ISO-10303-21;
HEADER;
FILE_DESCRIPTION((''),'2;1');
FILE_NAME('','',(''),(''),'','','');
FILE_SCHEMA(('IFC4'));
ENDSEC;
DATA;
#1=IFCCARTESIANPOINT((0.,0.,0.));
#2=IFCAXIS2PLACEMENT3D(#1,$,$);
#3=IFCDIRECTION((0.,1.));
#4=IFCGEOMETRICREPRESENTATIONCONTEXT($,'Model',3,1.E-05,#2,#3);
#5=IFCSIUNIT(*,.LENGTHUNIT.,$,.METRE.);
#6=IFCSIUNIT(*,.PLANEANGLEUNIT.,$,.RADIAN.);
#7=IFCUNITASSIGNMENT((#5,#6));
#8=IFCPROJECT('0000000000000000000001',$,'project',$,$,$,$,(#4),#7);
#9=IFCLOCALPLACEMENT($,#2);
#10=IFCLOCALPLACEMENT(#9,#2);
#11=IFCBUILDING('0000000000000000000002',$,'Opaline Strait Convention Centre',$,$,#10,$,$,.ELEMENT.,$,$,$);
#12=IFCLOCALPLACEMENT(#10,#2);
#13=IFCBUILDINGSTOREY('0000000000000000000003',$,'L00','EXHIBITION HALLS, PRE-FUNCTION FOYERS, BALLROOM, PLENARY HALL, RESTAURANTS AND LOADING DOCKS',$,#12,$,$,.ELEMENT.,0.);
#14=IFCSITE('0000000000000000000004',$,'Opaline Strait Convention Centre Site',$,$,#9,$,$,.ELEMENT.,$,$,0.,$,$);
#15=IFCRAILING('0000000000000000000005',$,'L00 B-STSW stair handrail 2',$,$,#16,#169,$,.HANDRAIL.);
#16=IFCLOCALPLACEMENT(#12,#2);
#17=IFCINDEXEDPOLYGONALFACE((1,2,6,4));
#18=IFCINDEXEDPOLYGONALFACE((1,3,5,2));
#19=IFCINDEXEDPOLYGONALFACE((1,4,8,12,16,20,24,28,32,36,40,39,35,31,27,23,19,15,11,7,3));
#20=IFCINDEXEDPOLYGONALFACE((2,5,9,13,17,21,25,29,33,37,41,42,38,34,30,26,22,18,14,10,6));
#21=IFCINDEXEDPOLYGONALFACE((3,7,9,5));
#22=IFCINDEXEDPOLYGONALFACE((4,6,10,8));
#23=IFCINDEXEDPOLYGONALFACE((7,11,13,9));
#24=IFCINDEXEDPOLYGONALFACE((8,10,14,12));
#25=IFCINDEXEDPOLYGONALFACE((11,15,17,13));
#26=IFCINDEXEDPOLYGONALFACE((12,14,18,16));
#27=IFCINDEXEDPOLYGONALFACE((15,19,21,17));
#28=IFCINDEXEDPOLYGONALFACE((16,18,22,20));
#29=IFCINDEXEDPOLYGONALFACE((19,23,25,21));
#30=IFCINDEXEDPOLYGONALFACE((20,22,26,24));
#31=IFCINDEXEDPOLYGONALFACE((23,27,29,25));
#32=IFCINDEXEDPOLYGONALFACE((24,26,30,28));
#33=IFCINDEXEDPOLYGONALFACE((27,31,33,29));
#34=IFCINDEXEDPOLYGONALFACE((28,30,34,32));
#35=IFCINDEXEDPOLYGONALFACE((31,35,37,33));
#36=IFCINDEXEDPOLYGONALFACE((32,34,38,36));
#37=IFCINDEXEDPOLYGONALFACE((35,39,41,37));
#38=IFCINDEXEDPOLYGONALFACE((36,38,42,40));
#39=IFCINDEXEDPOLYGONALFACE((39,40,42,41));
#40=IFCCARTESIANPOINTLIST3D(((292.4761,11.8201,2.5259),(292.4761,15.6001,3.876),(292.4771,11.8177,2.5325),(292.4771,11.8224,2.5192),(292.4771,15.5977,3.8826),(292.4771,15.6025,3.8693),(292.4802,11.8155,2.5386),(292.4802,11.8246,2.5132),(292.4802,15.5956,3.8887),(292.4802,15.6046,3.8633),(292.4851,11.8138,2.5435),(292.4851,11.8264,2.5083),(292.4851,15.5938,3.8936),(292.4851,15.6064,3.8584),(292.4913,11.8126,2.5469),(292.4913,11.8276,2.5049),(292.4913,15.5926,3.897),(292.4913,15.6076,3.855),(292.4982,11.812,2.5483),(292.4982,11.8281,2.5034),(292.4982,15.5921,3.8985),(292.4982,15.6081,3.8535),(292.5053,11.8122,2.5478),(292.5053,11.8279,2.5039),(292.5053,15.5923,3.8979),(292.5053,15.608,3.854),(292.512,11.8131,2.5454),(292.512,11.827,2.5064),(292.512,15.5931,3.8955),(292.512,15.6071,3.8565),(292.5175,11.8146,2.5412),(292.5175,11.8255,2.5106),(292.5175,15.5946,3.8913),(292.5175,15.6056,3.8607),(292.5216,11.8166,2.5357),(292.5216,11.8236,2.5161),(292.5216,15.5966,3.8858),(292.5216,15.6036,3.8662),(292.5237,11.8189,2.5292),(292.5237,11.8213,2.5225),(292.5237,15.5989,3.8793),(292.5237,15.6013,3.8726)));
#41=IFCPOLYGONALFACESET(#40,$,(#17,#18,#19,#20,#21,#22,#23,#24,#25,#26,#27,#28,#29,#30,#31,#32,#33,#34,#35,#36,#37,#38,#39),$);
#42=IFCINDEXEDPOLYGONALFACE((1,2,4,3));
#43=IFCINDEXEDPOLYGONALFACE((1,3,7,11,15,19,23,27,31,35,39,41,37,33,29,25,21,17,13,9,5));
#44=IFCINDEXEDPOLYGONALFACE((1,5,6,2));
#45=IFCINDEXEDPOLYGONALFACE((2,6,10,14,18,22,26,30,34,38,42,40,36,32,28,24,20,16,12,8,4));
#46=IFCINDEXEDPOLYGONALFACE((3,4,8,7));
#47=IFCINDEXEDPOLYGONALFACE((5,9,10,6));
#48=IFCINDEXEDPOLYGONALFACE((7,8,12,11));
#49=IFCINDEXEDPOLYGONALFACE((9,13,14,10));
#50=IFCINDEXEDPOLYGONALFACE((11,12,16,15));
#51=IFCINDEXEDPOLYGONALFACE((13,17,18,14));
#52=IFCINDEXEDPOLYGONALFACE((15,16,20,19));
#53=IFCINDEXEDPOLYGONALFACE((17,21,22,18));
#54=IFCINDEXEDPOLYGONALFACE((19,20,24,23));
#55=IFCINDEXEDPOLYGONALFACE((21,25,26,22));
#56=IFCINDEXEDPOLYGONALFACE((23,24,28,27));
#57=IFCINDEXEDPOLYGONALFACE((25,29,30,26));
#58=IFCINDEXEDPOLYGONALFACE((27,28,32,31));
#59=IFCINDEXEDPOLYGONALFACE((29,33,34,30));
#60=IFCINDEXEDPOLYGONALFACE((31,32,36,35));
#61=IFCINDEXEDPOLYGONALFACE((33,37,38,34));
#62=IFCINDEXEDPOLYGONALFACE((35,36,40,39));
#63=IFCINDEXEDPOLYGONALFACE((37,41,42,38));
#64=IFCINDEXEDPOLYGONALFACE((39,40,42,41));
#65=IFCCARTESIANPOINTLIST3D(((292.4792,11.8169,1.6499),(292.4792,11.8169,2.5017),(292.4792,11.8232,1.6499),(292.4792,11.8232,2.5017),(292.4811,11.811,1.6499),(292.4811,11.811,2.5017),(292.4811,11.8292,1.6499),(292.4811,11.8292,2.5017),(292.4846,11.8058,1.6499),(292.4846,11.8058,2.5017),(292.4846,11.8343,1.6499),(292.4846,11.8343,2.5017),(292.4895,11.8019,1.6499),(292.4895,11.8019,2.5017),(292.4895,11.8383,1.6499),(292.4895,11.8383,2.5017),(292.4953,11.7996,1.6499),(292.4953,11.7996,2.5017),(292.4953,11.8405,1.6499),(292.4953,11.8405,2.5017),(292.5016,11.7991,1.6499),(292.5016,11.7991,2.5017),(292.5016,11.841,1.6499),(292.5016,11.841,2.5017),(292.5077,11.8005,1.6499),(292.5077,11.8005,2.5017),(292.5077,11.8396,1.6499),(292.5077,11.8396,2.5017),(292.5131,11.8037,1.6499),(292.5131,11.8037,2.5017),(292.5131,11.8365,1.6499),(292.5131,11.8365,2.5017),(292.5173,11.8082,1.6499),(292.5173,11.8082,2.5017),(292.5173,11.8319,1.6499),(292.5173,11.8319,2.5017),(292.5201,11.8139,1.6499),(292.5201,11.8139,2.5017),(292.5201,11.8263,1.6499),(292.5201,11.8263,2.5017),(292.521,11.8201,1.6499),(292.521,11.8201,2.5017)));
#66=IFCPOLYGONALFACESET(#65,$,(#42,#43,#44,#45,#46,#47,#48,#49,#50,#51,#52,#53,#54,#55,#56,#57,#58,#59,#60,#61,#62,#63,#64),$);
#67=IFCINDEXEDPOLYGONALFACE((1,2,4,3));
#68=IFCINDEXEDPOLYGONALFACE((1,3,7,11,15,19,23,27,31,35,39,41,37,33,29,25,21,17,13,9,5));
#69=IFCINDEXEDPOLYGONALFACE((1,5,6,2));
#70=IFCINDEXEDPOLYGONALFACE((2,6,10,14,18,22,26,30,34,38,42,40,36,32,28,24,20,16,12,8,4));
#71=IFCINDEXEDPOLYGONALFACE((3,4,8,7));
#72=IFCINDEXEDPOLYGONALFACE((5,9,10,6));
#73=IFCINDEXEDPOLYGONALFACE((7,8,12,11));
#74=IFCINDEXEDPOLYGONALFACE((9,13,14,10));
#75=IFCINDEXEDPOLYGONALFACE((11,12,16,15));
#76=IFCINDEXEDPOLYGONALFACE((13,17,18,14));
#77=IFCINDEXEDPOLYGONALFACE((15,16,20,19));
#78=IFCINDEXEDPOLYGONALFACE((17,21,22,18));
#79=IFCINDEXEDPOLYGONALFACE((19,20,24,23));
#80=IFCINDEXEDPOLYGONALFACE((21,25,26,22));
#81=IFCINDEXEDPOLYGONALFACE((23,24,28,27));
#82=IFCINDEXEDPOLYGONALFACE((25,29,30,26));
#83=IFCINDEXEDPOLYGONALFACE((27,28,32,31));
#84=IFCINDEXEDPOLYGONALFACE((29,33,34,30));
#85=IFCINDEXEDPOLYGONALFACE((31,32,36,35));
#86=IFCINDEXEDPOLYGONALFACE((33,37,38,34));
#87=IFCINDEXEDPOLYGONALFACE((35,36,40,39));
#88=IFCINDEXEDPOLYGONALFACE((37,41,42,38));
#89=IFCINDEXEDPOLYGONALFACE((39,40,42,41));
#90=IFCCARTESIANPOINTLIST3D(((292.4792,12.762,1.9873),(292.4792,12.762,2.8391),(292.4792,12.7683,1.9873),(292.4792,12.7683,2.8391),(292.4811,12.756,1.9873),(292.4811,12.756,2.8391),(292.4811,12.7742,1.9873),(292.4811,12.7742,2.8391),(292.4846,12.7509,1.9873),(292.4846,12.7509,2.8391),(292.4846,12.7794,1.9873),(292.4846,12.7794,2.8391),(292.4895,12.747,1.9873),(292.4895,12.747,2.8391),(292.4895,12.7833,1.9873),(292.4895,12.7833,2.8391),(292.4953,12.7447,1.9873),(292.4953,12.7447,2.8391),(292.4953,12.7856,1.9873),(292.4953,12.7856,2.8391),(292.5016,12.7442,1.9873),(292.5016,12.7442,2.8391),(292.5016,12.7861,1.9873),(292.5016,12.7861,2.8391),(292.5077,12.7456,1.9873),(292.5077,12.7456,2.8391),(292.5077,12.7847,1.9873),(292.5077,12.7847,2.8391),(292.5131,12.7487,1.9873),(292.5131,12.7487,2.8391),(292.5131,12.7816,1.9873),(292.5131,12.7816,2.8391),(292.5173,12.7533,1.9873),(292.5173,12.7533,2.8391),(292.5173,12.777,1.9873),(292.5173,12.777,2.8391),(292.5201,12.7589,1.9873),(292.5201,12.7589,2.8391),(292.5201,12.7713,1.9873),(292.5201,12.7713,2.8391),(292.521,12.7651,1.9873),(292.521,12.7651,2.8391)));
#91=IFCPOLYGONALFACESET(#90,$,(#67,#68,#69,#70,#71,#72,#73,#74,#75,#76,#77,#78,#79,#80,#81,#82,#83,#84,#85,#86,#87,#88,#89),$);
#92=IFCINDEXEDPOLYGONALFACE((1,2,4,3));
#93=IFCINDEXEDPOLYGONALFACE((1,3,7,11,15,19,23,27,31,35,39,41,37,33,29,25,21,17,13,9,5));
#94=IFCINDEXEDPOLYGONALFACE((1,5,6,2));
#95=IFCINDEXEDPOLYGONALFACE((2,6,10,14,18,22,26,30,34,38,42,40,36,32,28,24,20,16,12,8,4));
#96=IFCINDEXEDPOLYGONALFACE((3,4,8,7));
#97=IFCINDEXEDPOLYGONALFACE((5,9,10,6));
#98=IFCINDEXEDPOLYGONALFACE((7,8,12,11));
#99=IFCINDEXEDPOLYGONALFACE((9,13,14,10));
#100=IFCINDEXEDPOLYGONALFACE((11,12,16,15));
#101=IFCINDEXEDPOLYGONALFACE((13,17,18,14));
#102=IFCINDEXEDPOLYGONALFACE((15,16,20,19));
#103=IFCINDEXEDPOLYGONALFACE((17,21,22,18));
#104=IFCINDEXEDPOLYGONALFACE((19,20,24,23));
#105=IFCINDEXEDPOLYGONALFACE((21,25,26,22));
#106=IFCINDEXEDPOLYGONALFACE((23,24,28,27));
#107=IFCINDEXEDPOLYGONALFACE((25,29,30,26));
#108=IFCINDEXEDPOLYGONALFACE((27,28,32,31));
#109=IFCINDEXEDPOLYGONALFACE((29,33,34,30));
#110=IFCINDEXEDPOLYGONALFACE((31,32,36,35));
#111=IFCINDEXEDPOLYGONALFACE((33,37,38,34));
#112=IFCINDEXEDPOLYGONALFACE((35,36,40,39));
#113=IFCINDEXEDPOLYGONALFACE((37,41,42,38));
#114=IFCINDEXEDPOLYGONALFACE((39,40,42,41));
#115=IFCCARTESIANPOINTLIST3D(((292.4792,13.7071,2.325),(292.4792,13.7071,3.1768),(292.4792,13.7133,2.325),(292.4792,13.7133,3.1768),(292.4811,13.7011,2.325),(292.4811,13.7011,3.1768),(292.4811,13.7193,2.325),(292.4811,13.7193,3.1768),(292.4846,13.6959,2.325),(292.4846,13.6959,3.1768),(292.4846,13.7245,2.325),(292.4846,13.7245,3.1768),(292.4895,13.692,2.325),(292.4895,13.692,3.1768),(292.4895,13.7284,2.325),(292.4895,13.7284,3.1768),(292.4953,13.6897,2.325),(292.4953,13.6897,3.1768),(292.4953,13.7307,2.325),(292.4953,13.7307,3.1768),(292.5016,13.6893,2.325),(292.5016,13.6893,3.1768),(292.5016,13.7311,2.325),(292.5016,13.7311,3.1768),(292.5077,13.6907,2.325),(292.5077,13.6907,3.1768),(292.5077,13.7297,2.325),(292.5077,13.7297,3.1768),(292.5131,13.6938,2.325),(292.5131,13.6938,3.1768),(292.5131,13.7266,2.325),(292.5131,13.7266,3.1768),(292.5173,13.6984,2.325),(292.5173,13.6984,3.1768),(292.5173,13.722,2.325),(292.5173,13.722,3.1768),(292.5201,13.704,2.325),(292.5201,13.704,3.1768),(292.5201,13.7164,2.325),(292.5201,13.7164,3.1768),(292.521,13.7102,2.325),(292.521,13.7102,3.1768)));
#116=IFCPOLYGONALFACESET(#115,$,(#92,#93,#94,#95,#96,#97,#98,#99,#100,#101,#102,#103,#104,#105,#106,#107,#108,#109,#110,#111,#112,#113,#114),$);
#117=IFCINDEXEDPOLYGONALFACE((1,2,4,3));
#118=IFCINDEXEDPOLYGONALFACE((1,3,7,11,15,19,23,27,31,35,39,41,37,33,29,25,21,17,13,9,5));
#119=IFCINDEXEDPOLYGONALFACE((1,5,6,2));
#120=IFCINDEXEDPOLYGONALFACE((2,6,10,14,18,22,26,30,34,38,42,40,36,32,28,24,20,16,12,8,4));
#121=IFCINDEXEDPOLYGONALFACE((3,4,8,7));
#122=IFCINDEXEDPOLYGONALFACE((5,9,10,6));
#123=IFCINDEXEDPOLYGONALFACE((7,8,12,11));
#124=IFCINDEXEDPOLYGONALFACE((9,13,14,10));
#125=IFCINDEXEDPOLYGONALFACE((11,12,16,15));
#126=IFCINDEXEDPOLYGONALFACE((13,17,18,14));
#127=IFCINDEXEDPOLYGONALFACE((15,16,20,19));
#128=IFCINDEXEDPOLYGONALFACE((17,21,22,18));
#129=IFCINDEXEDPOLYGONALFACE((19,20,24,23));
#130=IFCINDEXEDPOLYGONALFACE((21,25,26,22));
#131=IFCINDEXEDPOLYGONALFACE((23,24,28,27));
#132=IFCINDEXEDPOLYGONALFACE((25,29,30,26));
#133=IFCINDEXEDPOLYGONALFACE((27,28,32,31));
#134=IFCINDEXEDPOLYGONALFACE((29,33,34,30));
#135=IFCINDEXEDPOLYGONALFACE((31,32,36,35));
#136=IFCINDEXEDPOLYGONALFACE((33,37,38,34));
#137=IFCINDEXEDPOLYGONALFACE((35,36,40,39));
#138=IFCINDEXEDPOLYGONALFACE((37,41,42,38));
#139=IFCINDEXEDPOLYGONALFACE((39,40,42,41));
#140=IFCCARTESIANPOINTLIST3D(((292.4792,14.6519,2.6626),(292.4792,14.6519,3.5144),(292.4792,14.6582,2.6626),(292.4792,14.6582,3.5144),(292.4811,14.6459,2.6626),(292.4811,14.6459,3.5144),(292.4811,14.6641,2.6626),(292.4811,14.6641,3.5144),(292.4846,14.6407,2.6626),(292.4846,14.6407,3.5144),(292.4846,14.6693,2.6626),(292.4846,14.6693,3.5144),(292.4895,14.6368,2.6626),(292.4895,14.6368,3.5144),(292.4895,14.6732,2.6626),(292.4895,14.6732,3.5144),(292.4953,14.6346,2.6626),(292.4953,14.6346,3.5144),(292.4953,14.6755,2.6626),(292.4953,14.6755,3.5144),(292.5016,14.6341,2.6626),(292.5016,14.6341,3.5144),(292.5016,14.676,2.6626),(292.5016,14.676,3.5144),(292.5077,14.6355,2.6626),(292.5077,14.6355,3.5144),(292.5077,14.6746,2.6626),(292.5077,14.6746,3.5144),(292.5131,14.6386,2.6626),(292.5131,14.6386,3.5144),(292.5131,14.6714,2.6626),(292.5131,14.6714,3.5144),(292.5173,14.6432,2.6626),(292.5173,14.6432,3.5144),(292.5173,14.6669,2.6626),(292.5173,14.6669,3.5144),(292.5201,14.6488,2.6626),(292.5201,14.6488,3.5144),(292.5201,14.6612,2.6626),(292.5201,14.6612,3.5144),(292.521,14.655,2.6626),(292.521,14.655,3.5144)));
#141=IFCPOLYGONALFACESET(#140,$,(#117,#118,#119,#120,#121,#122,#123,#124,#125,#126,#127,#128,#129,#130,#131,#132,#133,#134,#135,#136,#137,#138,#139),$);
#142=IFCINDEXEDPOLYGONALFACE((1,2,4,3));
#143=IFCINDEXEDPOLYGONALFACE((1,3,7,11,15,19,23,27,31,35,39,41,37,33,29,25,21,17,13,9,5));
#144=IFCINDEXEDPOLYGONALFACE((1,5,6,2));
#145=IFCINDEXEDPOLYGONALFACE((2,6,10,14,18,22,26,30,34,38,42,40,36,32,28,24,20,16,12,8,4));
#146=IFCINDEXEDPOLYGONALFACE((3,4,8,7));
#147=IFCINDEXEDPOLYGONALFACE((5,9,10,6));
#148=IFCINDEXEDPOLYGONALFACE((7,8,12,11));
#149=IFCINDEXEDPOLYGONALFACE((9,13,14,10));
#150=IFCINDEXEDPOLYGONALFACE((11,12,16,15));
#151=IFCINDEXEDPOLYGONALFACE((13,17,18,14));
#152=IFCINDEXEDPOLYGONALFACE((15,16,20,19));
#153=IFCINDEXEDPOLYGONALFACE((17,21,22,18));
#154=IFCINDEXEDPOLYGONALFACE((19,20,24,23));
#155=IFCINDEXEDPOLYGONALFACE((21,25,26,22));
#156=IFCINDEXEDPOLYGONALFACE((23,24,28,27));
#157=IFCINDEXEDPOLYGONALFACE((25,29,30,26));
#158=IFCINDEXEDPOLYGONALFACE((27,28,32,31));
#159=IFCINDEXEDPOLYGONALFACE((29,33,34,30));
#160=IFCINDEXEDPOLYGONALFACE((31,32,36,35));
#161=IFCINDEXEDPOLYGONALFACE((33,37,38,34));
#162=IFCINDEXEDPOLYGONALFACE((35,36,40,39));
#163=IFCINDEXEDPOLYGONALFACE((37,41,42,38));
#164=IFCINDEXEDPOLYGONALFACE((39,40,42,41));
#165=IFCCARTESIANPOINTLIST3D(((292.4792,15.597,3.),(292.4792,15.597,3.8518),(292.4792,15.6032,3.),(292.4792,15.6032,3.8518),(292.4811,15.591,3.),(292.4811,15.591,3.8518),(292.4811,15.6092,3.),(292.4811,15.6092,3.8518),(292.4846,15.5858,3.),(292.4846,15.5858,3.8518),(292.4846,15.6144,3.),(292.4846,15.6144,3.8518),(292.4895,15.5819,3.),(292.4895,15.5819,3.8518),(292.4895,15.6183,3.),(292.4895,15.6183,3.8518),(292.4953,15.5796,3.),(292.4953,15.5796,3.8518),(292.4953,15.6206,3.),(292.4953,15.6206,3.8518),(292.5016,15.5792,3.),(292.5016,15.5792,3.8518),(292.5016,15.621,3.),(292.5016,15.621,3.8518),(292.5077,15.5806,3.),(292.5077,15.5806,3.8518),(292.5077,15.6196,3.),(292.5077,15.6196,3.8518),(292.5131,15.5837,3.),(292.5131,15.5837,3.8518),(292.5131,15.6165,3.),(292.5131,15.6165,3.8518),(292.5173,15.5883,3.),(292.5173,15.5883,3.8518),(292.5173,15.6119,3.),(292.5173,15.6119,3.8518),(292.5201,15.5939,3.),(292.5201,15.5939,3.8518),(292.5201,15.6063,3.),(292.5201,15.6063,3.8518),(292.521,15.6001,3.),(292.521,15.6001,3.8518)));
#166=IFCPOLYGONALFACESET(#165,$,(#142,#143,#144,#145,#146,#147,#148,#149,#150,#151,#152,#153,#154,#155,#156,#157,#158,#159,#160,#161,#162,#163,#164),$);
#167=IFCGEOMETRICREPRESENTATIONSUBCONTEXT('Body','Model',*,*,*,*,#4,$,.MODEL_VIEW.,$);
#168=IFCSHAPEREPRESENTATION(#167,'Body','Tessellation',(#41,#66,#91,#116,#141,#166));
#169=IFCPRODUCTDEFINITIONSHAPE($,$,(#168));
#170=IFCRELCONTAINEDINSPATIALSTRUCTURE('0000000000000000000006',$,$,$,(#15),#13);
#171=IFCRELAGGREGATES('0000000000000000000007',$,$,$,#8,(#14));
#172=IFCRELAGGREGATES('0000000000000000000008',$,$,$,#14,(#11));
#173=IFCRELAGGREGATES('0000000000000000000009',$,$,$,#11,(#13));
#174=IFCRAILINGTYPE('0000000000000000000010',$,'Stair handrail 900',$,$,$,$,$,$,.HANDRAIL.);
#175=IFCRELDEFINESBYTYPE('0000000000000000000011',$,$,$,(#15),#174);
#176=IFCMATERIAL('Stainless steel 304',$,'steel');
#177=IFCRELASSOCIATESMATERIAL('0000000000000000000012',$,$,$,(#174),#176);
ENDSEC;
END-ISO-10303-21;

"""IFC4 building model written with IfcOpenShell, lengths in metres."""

from ifc_helpers import new_model, si_unit, direction, frame, origin, origin_2d, place, context, subcontext, project, spatial, circle, extrude, material, type_object, element, save


model = new_model("IFC4")

# Units and contexts
model_context = context("Model", 3, precision=1e-05, world=origin(), true_north=direction((0.0, 1.0)))
body_context = subcontext(model_context, "Body", "Model", "MODEL_VIEW")
ifc_project = project(units=[si_unit("LENGTHUNIT", "METRE"), si_unit("PLANEANGLEUNIT", "RADIAN")], contexts=[model_context])

# Site, building, storey
site_placement = place(None, origin())
site = spatial("IfcSite", under=ifc_project, at=site_placement, Name="Opaline Strait Convention Centre Site", CompositionType="ELEMENT", RefElevation=0.0)
building_placement = place(site_placement, origin())
building = spatial("IfcBuilding", under=site, at=building_placement, Name="Opaline Strait Convention Centre", CompositionType="ELEMENT")
storey_placement = place(building_placement, origin())
storey = spatial("IfcBuildingStorey", under=building, at=storey_placement, Name="L00", Description="EXHIBITION HALLS, PRE-FUNCTION FOYERS, BALLROOM, PLENARY HALL, RESTAURANTS AND LOADING DOCKS", CompositionType="ELEMENT", Elevation=0.0)

# Railing
ifc_material_1 = material(Name="Stainless steel 304", Category="steel")
railing_type_1 = type_object("IfcRailingType", Name="Stair handrail 900", PredefinedType="HANDRAIL", material=ifc_material_1)
railing_1_placement = place(storey_placement, frame((292.5, 11.8201, 1.6499)))
element("IfcRailing", 1, at=railing_1_placement, inside=storey, type_object=railing_type_1, Name="L00 B-STSW stair handrail 2", PredefinedType="HANDRAIL", context=body_context, shape_type="SweptSolid", body=[
    extrude(circle(Radius=0.0239, at=origin_2d()), frame((0.0, 0.0, 0.876), z_axis=(0.0, 0.941735, 0.336356), x_axis=(-1.0, 0.0, 0.0)), (0.0, 0.0, 1.0), 4.0139),
    extrude(circle(Radius=0.021, at=origin_2d()), origin(), (0.0, 0.0, 1.0), 0.8518),
    extrude(circle(Radius=0.021, at=origin_2d()), frame((0.0, 0.9451, 0.3374)), (0.0, 0.0, 1.0), 0.8518),
    extrude(circle(Radius=0.021, at=origin_2d()), frame((0.0, 1.8901, 0.675)), (0.0, 0.0, 1.0), 0.8518),
    extrude(circle(Radius=0.021, at=origin_2d()), frame((0.0, 2.835, 1.0127)), (0.0, 0.0, 1.0), 0.8518),
    extrude(circle(Radius=0.021, at=origin_2d()), frame((0.0, 3.78, 1.3501)), (0.0, 0.0, 1.0), 0.8518),
])

save(model, "model.ifc")
